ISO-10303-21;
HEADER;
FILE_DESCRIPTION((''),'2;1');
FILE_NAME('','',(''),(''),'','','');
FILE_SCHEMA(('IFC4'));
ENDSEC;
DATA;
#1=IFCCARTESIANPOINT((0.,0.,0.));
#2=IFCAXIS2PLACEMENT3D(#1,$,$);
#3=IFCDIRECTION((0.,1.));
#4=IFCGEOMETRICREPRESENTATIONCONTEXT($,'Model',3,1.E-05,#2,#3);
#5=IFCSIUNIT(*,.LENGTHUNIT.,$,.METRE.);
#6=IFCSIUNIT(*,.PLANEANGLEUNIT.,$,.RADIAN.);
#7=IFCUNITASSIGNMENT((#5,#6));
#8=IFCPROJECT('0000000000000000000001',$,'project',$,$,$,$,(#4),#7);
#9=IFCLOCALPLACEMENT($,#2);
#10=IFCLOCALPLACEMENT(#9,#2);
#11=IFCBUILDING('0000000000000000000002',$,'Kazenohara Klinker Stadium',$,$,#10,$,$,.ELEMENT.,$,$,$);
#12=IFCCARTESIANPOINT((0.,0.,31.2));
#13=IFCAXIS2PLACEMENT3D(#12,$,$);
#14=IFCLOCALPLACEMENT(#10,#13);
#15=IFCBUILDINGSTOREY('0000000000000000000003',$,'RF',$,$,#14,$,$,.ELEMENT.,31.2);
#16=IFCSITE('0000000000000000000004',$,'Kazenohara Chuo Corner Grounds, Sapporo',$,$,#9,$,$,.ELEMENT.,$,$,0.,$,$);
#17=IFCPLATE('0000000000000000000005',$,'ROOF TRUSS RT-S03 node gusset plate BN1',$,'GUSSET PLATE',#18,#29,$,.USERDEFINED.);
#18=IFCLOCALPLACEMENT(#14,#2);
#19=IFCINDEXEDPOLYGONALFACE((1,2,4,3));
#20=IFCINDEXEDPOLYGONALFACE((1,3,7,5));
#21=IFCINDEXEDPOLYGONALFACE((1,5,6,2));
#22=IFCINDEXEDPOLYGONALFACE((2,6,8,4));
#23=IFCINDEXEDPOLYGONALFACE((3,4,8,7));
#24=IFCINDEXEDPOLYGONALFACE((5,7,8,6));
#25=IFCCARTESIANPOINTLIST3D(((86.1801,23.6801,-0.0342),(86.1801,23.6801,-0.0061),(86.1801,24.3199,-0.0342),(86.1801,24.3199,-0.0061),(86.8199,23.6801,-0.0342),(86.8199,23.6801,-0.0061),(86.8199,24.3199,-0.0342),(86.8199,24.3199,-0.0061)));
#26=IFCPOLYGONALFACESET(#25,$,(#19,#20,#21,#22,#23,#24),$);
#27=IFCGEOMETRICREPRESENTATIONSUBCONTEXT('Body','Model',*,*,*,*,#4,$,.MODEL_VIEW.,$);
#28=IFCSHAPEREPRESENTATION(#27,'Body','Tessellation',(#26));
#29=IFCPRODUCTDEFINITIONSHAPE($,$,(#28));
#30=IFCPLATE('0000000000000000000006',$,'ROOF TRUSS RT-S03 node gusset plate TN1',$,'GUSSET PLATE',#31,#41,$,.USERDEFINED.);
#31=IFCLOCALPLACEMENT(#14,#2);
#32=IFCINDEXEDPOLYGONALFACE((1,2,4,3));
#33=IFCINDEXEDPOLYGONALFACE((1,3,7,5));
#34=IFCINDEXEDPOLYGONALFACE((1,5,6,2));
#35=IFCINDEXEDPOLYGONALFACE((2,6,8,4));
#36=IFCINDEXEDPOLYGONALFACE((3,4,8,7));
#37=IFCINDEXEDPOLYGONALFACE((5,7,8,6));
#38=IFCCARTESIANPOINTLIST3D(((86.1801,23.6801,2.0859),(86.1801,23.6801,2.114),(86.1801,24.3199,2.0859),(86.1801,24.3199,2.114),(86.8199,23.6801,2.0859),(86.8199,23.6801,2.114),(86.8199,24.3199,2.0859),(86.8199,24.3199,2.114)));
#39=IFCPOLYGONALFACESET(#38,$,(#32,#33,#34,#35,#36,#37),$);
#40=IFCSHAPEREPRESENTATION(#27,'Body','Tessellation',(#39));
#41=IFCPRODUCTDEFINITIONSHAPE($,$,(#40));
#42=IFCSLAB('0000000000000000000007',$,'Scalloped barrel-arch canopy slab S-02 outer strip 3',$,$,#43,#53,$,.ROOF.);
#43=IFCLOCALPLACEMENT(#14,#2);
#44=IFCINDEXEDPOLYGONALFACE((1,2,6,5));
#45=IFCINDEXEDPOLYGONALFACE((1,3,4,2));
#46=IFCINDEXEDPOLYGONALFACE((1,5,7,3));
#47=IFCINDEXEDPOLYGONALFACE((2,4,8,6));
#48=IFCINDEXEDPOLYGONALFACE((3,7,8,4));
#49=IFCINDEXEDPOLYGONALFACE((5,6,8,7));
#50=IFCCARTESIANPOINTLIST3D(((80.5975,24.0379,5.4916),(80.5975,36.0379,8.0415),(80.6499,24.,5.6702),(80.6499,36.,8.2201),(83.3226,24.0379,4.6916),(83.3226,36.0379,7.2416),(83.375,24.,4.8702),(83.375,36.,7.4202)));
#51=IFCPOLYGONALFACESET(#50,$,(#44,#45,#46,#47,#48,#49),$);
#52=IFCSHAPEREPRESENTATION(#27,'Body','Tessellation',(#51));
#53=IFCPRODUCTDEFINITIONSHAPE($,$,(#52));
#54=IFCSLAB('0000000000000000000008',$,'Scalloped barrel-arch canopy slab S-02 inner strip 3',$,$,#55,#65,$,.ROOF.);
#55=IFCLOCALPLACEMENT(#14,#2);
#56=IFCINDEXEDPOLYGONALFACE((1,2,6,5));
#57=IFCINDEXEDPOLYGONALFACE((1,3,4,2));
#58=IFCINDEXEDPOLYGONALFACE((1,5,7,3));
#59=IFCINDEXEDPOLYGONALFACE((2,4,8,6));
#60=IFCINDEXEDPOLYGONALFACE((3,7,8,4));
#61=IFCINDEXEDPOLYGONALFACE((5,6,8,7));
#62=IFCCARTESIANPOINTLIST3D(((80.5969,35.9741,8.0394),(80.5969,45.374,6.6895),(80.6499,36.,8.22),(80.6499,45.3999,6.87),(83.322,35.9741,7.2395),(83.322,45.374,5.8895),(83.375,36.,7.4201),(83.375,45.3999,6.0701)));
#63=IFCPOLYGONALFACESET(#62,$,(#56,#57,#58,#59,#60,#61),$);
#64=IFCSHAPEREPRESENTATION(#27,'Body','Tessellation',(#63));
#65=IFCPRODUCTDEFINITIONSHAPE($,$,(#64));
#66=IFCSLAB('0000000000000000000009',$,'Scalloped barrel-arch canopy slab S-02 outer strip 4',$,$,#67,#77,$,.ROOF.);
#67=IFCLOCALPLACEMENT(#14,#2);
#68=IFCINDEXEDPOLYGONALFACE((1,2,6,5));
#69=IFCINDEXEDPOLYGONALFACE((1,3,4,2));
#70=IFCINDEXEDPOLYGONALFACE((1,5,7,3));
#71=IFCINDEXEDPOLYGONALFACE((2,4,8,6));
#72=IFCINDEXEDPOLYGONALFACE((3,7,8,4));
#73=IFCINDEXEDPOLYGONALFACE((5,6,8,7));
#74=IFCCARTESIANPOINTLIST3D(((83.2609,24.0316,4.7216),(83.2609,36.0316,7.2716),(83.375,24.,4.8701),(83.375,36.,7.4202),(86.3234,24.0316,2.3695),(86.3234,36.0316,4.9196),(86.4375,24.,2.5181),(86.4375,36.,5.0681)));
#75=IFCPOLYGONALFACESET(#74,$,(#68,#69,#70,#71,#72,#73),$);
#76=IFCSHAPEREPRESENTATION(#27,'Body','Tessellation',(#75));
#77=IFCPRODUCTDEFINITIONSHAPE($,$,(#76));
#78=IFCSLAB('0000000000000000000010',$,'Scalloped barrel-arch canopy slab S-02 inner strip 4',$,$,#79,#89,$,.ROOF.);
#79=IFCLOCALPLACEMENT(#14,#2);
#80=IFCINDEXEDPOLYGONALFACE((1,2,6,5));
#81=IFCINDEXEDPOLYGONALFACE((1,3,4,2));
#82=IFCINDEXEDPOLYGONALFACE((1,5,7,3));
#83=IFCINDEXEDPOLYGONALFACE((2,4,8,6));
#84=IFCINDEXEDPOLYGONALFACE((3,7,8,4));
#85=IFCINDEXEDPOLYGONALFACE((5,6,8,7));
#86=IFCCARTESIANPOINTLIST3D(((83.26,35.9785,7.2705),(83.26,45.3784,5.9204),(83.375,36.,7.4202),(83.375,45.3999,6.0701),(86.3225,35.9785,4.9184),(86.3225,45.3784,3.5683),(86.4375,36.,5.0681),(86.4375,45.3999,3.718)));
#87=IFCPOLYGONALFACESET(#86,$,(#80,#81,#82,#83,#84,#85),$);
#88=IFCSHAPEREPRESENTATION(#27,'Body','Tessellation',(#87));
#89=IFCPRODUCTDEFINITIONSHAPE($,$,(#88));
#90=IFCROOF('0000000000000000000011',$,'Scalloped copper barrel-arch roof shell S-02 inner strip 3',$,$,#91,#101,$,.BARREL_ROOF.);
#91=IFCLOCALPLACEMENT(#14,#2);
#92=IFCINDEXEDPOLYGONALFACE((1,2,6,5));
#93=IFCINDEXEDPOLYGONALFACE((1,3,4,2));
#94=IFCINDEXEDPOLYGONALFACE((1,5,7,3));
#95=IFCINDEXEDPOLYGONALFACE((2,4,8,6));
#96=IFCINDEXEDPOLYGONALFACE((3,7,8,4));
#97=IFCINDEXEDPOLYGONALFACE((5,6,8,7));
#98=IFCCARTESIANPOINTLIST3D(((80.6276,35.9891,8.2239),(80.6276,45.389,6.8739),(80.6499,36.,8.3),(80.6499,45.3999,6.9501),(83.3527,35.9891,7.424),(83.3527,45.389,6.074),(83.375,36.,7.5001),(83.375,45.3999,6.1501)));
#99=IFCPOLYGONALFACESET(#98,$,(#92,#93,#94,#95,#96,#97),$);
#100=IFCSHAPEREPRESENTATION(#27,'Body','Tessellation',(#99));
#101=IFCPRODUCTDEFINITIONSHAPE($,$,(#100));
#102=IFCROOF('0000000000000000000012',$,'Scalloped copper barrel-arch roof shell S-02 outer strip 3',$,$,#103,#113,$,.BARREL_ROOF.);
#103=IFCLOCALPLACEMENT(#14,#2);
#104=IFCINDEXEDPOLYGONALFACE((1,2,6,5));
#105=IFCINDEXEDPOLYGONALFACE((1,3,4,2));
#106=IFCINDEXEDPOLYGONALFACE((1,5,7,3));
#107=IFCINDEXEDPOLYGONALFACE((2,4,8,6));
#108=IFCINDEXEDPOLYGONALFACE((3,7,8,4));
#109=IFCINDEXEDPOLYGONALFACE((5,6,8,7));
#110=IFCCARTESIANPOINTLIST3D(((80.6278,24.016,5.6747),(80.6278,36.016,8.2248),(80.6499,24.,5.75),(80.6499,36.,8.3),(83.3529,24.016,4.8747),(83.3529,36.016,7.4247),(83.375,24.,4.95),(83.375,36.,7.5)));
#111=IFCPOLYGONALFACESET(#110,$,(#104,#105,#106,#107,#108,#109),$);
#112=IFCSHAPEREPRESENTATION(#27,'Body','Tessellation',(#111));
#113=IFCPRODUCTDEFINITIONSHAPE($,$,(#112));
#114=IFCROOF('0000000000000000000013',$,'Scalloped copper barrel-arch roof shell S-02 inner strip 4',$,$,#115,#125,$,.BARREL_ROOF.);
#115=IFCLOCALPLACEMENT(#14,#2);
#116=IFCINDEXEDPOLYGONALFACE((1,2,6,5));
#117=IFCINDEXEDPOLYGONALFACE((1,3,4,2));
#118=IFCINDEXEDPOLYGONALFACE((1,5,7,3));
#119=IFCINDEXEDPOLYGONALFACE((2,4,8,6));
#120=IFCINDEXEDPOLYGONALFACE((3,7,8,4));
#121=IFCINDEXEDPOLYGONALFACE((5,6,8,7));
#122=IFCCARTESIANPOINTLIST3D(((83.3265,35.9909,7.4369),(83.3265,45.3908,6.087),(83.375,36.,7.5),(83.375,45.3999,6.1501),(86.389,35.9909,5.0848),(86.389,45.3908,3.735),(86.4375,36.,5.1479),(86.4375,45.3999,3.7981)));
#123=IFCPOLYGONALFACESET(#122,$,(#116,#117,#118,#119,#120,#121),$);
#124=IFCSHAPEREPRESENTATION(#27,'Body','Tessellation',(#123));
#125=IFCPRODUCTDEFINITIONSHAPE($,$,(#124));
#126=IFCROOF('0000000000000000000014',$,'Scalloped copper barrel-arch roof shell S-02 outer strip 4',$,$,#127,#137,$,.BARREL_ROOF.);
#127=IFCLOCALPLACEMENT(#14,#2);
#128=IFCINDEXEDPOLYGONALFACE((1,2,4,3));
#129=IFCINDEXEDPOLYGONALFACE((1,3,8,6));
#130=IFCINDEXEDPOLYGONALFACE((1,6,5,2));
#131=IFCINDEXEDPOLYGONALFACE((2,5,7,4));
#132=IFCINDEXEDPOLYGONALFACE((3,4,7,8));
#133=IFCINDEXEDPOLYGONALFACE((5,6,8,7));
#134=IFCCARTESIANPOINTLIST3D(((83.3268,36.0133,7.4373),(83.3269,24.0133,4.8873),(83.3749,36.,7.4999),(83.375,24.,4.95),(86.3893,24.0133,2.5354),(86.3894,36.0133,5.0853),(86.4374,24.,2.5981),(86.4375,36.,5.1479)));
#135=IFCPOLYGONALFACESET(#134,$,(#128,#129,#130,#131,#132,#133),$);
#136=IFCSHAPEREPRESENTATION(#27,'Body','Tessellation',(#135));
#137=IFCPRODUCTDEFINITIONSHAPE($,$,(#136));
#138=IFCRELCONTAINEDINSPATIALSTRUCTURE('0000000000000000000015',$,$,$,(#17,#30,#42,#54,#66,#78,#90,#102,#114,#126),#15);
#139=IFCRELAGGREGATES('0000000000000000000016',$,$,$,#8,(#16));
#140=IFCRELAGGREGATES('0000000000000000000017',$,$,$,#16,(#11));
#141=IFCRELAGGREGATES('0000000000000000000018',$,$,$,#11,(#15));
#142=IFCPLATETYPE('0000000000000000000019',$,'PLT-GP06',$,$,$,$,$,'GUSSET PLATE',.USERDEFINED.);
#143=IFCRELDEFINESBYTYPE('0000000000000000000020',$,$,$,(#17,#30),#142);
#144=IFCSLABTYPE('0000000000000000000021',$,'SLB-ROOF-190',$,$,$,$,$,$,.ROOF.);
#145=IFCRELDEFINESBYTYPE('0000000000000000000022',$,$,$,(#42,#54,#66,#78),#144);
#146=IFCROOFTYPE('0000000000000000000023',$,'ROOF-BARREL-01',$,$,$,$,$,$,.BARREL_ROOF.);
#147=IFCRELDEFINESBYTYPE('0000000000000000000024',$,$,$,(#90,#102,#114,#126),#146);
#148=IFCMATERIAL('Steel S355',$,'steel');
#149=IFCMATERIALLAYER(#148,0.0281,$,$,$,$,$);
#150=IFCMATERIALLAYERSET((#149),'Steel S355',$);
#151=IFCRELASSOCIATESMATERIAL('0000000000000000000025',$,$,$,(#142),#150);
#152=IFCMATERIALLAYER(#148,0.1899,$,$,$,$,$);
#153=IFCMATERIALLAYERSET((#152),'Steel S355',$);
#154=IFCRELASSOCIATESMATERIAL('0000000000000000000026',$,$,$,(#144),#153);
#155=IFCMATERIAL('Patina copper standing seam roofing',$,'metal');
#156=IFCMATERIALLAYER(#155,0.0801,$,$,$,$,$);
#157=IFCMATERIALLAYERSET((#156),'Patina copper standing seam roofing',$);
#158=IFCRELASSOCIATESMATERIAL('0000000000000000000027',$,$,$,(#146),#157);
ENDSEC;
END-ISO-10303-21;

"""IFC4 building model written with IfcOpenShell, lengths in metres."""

from ifc_helpers import new_model, si_unit, direction, frame, origin, origin_2d, place, context, subcontext, project, spatial, polyline, rectangle, outline, extrude, material, layer, layer_set, type_object, element, save


model = new_model("IFC4")

# Units and contexts
model_context = context("Model", 3, precision=1e-05, world=origin(), true_north=direction((0.0, 1.0)))
body_context = subcontext(model_context, "Body", "Model", "MODEL_VIEW")
ifc_project = project(units=[si_unit("LENGTHUNIT", "METRE"), si_unit("PLANEANGLEUNIT", "RADIAN")], contexts=[model_context])

# Site, building, storey
site_placement = place(None, origin())
site = spatial("IfcSite", under=ifc_project, at=site_placement, Name="Kazenohara Chuo Corner Grounds, Sapporo", CompositionType="ELEMENT", RefElevation=0.0)
building_placement = place(site_placement, origin())
building = spatial("IfcBuilding", under=site, at=building_placement, Name="Kazenohara Klinker Stadium", CompositionType="ELEMENT")
storey_placement = place(building_placement, frame((0.0, 0.0, 31.2)))
storey = spatial("IfcBuildingStorey", under=building, at=storey_placement, Name="RF", CompositionType="ELEMENT", Elevation=31.2)

# Shared definitions
ifc_material_1 = material(Name="Steel S355", Category="steel")

# Plates
ifc_layer_1 = layer(ifc_material_1, 0.0281)
ifc_layer_set_1 = layer_set([ifc_layer_1], Name="Steel S355")
plate_type_1 = type_object("IfcPlateType", Name="PLT-GP06", ElementType="GUSSET PLATE", PredefinedType="USERDEFINED", material=ifc_layer_set_1)
for number, where, z_axis, x_axis, name in (
    (1, (86.5, 24.0, -0.0342), (0.0, 0.0, 1.0), (1.0, 0.0, 0.0), "ROOF TRUSS RT-S03 node gusset plate BN1"),
    (2, (86.5, 24.0, 2.0859), (0.0, 0.0, 1.0), (1.0, 0.0, 0.0), "ROOF TRUSS RT-S03 node gusset plate TN1"),
):
    element("IfcPlate", number, at=place(storey_placement, frame(where, z_axis=z_axis, x_axis=x_axis)), inside=storey, type_object=plate_type_1, Name=name, ObjectType="GUSSET PLATE", PredefinedType="USERDEFINED", context=body_context, shape_type="SweptSolid", body=[
        extrude(rectangle(XDim=0.6399, YDim=0.6399, at=origin_2d()), origin(), (0.0, 0.0, 1.0), 0.0281),
    ])

# Slabs
ifc_layer_2 = layer(ifc_material_1, 0.1899)
ifc_layer_set_2 = layer_set([ifc_layer_2], Name="Steel S355")
slab_type = type_object("IfcSlabType", Name="SLB-ROOF-190", PredefinedType="ROOF", material=ifc_layer_set_2)
slab_1_placement = place(storey_placement, frame((80.6499, 24.0, 5.6702), z_axis=(0.275979, -0.199781, 0.940172), x_axis=(0.000003, 0.97816, 0.207852)))
element("IfcSlab", 3, at=slab_1_placement, inside=storey, type_object=slab_type, Name="Scalloped barrel-arch canopy slab S-02 outer strip 3", PredefinedType="ROOF", context=body_context, shape_type="SweptSolid", body=[
    extrude(outline(polyline([(0.0, 0.0), (12.2679, 0.0), (12.1017, -2.8352), (-0.1663, -2.8352), (0.0, 0.0)])), origin(), (0.0, 0.0, -1.0), 0.1899),
])
slab_2_placement = place(storey_placement, frame((80.6499, 36.0, 8.22), z_axis=(0.27902, 0.136512, 0.950533), x_axis=(-0.000003, 0.989844, -0.142156)))
element("IfcSlab", 4, at=slab_2_placement, inside=storey, type_object=slab_type, Name="Scalloped barrel-arch canopy slab S-02 inner strip 3", PredefinedType="ROOF", context=body_context, shape_type="SweptSolid", body=[
    extrude(outline(polyline([(0.0, 0.0), (9.4963, 0.0), (9.6101, -2.8378), (0.1137, -2.8378), (0.0, 0.0)])), origin(), (0.0, 0.0, -1.0), 0.1899),
])
slab_3_placement = place(storey_placement, frame((83.375, 24.0, 4.8701), z_axis=(0.600635, -0.166191, 0.78206), x_axis=(0.0, 0.978158, 0.207863)))
element("IfcSlab", 5, at=slab_3_placement, inside=storey, type_object=slab_type, Name="Scalloped barrel-arch canopy slab S-02 outer strip 4", PredefinedType="ROOF", context=body_context, shape_type="SweptSolid", body=[
    extrude(outline(polyline([(0.0, 0.0), (12.268, 0.0), (11.7791, -3.8304), (-0.4889, -3.8304), (0.0, 0.0)])), origin(), (0.0, 0.0, -1.0), 0.1899),
])
slab_4_placement = place(storey_placement, frame((83.375, 36.0, 7.4202), z_axis=(0.605192, 0.113179, 0.787993), x_axis=(0.0, 0.989842, -0.14217)))
element("IfcSlab", 6, at=slab_4_placement, inside=storey, type_object=slab_type, Name="Scalloped barrel-arch canopy slab S-02 inner strip 4", PredefinedType="ROOF", context=body_context, shape_type="SweptSolid", body=[
    extrude(outline(polyline([(0.0, 0.0), (9.4964, 0.0), (9.8308, -3.847), (0.3344, -3.847), (0.0, 0.0)])), origin(), (0.0, 0.0, -1.0), 0.1899),
])

# Roofs
ifc_material_2 = material(Name="Patina copper standing seam roofing", Category="metal")
ifc_layer_3 = layer(ifc_material_2, 0.0801)
ifc_layer_set_3 = layer_set([ifc_layer_3], Name="Patina copper standing seam roofing")
roof_type = type_object("IfcRoofType", Name="ROOF-BARREL-01", PredefinedType="BARREL_ROOF", material=ifc_layer_set_3)
roof_1_placement = place(storey_placement, frame((80.6499, 36.0, 8.3), z_axis=(0.27902, 0.136512, 0.950533), x_axis=(0.000003, 0.989844, -0.142158)))
element("IfcRoof", 7, at=roof_1_placement, inside=storey, type_object=roof_type, Name="Scalloped copper barrel-arch roof shell S-02 inner strip 3", PredefinedType="BARREL_ROOF", context=body_context, shape_type="SweptSolid", body=[
    extrude(outline(polyline([(0.0, 0.0), (9.4964, 0.0), (9.6101, -2.8378), (0.1137, -2.8378), (0.0, 0.0)])), origin(), (0.0, 0.0, -1.0), 0.0801),
])
roof_2_placement = place(storey_placement, frame((80.6499, 24.0, 5.75), z_axis=(0.276017, -0.199788, 0.940159), x_axis=(0.0, 0.978158, 0.207863)))
element("IfcRoof", 8, at=roof_2_placement, inside=storey, type_object=roof_type, Name="Scalloped copper barrel-arch roof shell S-02 outer strip 3", PredefinedType="BARREL_ROOF", context=body_context, shape_type="SweptSolid", body=[
    extrude(outline(polyline([(0.0, 0.0), (12.268, 0.0), (12.1017, -2.8352), (-0.1663, -2.8352), (0.0, 0.0)])), origin(), (0.0, 0.0, -1.0), 0.0801),
])
roof_3_placement = place(storey_placement, frame((83.375, 36.0, 7.5), z_axis=(0.605193, 0.113158, 0.787995), x_axis=(0.0, 0.989846, -0.142145)))
element("IfcRoof", 9, at=roof_3_placement, inside=storey, type_object=roof_type, Name="Scalloped copper barrel-arch roof shell S-02 inner strip 4", PredefinedType="BARREL_ROOF", context=body_context, shape_type="SweptSolid", body=[
    extrude(outline(polyline([(0.0, 0.0), (9.4963, 0.0), (9.8307, -3.847), (0.3343, -3.847), (0.0, 0.0)])), origin(), (0.0, 0.0, -1.0), 0.0801),
])
roof_4_placement = place(storey_placement, frame((83.375, 24.0, 4.95), z_axis=(0.600616, -0.166186, 0.782076), x_axis=(-0.000005, 0.978159, 0.207856)))
element("IfcRoof", 10, at=roof_4_placement, inside=storey, type_object=roof_type, Name="Scalloped copper barrel-arch roof shell S-02 outer strip 4", PredefinedType="BARREL_ROOF", context=body_context, shape_type="SweptSolid", body=[
    extrude(outline(polyline([(0.0, 0.0), (12.268, 0.0), (11.7791, -3.8304), (-0.4889, -3.8303), (0.0, 0.0)])), origin(), (0.0, 0.0, -1.0), 0.0801),
])

save(model, "model.ifc")
